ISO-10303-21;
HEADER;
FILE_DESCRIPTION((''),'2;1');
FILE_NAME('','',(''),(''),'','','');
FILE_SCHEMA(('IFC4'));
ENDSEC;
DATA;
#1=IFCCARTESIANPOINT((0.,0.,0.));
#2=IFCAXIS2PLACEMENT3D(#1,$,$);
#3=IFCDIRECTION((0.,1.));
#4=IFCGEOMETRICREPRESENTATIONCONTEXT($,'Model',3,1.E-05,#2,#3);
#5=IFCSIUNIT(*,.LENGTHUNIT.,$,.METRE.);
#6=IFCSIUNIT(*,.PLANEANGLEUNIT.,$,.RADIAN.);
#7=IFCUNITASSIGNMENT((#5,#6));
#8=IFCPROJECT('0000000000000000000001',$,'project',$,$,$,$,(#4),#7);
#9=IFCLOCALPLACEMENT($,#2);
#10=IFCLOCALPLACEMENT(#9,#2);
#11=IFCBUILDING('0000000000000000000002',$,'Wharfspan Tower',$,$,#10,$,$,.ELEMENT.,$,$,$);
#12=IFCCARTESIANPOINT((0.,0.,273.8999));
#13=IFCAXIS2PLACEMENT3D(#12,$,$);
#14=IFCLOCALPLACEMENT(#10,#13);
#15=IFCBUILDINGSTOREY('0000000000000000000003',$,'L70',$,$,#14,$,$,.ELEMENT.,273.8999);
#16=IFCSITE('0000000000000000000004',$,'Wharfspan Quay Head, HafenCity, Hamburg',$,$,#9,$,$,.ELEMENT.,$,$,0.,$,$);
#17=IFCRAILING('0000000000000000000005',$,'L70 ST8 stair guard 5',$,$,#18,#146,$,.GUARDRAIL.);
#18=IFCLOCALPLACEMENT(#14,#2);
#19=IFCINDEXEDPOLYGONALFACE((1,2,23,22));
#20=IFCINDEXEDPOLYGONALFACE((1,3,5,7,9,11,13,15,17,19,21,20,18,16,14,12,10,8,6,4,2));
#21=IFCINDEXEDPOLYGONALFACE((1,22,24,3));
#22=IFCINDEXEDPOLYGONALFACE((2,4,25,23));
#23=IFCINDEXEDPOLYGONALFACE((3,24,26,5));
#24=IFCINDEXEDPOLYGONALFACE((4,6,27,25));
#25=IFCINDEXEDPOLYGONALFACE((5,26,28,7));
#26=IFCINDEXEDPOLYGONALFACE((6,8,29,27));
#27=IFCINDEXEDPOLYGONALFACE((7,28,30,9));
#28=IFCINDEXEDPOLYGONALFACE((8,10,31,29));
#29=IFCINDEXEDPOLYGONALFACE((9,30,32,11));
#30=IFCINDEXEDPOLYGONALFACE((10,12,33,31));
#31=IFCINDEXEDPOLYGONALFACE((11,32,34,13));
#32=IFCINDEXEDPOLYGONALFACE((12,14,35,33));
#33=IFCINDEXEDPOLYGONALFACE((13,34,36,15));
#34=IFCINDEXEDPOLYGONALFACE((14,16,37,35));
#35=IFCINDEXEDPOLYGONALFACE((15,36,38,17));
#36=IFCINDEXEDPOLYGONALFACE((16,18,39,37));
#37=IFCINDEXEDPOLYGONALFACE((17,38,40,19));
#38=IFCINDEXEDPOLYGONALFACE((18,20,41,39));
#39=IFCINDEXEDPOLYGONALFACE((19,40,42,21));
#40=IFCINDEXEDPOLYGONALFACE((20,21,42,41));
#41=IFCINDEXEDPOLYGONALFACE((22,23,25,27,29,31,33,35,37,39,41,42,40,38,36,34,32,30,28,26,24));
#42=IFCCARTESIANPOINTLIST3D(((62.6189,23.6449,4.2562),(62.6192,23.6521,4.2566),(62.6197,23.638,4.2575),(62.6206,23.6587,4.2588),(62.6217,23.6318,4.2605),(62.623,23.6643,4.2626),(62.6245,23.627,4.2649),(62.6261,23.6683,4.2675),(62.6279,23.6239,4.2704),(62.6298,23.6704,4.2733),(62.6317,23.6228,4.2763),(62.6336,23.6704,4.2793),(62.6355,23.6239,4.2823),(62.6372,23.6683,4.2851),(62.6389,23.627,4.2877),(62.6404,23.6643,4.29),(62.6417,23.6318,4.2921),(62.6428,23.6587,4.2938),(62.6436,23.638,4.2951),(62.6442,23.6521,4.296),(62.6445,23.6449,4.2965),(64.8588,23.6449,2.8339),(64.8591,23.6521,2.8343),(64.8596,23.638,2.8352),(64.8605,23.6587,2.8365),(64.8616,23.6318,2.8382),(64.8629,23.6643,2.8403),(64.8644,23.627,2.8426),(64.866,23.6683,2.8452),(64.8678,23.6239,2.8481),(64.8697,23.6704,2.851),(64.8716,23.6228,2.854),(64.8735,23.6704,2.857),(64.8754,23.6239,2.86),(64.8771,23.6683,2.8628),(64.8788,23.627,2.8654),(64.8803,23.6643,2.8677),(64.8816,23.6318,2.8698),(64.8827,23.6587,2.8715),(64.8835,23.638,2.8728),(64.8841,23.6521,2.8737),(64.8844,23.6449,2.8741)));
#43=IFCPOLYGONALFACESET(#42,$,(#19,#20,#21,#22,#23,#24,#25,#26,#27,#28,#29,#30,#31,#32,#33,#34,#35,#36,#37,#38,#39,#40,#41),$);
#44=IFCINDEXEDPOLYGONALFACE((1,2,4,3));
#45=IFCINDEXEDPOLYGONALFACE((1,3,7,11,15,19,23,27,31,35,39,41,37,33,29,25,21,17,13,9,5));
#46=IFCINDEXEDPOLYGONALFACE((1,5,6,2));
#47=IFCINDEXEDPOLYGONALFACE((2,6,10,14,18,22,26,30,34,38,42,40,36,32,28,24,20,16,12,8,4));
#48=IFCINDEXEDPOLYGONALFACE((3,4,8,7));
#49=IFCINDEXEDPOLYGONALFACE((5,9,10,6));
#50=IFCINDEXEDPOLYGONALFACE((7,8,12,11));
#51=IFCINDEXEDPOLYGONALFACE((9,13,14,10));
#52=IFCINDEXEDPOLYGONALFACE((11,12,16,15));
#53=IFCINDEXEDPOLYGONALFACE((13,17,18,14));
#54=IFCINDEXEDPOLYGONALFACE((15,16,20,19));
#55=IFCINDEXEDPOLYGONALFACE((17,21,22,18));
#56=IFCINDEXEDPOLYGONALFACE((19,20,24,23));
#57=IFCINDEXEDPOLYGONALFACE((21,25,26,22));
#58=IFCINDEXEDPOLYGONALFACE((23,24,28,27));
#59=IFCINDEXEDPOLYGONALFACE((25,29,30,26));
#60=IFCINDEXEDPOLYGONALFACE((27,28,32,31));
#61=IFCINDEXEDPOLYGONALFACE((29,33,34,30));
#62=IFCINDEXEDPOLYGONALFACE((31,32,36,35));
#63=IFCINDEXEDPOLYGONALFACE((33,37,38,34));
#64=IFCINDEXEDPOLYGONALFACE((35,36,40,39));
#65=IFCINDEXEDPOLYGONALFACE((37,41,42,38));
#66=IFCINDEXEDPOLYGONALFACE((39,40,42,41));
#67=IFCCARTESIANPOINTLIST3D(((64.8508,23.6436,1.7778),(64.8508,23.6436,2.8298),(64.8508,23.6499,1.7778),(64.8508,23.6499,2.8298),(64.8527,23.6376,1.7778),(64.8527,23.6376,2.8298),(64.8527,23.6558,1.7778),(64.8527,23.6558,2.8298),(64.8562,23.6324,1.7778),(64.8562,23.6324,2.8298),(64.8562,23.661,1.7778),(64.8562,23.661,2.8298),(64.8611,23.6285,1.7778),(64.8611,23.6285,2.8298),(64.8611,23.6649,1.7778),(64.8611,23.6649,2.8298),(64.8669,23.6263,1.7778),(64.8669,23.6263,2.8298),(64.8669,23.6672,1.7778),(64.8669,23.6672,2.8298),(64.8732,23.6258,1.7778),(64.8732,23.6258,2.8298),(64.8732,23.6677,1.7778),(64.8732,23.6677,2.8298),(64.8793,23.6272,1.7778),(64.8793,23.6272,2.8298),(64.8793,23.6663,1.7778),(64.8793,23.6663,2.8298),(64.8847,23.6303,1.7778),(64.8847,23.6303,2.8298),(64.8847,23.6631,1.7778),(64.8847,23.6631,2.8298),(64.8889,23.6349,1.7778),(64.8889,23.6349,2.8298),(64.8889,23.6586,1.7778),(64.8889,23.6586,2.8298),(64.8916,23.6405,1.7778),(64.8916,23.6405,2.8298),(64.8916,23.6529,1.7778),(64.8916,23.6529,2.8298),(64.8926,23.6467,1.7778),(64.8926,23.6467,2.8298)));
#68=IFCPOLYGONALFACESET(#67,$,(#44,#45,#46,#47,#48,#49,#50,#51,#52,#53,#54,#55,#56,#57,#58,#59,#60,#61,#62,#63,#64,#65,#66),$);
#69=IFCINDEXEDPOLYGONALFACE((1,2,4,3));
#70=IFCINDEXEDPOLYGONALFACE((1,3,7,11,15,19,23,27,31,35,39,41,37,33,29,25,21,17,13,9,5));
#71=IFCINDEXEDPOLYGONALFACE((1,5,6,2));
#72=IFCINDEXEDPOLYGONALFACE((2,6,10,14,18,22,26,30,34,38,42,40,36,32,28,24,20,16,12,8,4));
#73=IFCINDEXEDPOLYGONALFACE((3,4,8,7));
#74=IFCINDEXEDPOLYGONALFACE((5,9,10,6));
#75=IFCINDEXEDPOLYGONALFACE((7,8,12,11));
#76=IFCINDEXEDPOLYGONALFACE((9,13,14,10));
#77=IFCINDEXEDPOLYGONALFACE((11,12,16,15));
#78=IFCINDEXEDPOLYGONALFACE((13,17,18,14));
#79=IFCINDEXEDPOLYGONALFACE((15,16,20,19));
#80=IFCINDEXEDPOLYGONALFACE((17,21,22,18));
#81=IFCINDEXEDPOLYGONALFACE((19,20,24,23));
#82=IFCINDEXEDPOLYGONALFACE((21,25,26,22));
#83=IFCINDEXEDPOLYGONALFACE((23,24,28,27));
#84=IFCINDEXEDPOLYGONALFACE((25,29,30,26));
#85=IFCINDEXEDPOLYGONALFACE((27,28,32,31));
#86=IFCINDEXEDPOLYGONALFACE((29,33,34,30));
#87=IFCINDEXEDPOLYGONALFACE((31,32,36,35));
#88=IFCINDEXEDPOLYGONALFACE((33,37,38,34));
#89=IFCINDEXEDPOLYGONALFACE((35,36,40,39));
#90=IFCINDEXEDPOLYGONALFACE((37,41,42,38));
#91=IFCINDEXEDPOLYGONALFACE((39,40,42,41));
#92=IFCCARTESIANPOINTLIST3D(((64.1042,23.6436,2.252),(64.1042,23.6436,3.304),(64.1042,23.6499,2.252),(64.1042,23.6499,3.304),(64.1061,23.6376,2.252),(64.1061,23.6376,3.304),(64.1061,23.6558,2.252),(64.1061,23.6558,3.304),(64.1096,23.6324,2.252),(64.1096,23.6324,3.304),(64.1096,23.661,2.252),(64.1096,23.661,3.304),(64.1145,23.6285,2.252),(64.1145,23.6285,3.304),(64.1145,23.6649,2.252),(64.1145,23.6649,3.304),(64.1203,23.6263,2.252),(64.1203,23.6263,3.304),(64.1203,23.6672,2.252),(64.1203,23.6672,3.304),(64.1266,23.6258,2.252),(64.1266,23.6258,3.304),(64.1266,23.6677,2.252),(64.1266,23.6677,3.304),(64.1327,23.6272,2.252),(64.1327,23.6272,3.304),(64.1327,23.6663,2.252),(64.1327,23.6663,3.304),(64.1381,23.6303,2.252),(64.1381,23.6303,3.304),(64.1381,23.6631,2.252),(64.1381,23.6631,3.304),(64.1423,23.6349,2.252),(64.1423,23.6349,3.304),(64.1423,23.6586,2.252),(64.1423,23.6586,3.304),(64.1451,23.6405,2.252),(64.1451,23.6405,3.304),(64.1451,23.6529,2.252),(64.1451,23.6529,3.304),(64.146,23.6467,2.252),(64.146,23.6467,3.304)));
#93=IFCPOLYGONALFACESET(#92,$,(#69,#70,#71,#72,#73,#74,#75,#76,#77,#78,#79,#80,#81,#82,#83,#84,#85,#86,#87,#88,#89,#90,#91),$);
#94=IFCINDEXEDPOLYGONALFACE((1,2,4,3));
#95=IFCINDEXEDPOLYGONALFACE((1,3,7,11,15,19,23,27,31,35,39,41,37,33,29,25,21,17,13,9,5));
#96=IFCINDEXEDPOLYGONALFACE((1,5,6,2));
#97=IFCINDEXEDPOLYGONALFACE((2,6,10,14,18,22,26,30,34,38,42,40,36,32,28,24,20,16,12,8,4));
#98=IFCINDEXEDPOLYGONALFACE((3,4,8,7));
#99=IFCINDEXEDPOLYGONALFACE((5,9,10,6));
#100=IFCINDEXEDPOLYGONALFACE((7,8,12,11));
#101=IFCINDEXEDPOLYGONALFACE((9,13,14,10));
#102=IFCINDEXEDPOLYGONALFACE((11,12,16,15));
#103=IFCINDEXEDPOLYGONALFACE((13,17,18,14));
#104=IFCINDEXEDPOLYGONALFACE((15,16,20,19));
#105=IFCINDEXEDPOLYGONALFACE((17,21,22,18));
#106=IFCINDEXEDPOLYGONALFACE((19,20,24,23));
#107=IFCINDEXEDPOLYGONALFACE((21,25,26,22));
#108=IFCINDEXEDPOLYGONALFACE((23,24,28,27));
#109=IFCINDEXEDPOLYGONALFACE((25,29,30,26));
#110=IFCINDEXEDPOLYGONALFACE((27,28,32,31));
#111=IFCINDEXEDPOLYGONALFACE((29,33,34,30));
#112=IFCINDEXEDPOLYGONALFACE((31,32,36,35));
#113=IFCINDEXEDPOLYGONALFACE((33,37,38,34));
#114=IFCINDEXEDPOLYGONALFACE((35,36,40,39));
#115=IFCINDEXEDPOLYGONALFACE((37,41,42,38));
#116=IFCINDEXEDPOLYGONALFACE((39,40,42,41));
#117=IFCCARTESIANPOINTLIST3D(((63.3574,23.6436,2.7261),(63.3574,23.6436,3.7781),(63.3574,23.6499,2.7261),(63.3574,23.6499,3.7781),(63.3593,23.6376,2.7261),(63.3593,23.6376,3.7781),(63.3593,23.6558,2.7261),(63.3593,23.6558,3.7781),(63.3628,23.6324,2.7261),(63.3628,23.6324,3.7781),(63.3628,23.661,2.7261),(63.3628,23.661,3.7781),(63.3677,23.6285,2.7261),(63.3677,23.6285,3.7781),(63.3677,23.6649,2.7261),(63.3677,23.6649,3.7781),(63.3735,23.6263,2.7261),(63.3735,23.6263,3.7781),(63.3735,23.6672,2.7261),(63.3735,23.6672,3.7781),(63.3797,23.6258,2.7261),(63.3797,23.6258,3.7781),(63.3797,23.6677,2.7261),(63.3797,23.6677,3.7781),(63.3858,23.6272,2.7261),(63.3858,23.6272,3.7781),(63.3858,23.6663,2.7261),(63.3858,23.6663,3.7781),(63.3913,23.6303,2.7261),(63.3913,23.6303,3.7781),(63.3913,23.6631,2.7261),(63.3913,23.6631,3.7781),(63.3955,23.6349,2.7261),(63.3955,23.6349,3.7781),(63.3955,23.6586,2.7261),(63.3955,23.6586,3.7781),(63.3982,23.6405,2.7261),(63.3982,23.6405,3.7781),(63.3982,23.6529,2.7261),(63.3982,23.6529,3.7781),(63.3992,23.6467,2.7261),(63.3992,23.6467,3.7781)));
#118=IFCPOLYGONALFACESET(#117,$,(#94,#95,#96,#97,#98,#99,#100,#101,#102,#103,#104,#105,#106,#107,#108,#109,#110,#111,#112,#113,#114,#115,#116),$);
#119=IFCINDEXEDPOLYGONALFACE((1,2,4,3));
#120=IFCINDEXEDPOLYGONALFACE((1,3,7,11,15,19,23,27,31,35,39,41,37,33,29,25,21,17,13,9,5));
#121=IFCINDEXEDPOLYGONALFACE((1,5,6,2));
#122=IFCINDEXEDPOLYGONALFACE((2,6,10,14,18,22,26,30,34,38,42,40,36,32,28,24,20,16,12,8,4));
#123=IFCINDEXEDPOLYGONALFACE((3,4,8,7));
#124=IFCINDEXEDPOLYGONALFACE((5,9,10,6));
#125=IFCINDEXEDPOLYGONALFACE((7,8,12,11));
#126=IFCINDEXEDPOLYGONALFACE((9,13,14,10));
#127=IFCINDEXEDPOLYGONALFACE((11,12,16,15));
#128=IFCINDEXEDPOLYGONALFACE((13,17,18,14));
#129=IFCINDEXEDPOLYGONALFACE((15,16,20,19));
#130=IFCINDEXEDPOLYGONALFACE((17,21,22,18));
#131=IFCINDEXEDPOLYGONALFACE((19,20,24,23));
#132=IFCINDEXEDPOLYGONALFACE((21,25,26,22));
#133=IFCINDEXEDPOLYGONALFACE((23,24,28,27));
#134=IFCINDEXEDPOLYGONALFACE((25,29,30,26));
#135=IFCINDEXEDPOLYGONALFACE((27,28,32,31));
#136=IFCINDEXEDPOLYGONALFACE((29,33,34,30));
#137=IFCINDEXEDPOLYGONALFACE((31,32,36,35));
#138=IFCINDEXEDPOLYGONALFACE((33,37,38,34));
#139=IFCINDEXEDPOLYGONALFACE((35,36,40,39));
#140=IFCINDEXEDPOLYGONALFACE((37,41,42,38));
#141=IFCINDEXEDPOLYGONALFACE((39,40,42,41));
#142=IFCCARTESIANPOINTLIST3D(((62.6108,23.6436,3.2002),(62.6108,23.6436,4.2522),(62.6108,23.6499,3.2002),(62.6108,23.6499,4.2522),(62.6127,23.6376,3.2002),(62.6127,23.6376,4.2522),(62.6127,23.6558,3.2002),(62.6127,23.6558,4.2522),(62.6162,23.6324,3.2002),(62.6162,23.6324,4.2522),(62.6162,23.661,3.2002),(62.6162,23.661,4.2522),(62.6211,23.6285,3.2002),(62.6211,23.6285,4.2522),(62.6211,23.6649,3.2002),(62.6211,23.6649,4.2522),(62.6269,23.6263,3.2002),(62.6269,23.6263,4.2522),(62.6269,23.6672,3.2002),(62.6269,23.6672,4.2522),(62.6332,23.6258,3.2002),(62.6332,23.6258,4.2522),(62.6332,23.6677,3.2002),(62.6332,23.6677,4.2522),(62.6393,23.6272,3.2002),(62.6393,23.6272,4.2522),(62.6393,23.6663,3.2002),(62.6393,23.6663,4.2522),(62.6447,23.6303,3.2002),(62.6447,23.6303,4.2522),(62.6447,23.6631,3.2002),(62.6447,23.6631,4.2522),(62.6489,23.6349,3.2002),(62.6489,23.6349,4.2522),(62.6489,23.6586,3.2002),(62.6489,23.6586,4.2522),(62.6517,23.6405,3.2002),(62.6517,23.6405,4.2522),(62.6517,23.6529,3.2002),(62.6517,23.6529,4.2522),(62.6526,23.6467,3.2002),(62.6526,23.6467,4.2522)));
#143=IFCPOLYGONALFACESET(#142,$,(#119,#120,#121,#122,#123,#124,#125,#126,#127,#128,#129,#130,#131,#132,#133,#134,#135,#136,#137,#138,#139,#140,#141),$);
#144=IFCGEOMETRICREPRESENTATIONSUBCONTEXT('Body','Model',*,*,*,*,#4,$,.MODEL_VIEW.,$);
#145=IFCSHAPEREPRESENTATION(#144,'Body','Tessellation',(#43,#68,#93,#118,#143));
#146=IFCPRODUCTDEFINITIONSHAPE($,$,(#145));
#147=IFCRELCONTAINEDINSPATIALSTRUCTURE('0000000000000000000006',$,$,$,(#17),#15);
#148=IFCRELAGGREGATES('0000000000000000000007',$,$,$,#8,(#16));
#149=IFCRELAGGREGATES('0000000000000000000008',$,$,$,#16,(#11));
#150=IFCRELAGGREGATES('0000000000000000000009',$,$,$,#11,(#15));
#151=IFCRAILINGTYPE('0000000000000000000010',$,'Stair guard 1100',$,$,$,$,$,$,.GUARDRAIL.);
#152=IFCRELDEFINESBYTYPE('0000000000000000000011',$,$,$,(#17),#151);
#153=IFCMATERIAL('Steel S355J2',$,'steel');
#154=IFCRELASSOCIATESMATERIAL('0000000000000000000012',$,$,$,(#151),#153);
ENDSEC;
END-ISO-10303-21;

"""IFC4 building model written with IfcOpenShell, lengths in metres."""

from ifc_helpers import new_model, si_unit, direction, frame, origin, origin_2d, place, context, subcontext, project, spatial, circle, extrude, material, type_object, element, save


model = new_model("IFC4")

# Units and contexts
model_context = context("Model", 3, precision=1e-05, world=origin(), true_north=direction((0.0, 1.0)))
body_context = subcontext(model_context, "Body", "Model", "MODEL_VIEW")
ifc_project = project(units=[si_unit("LENGTHUNIT", "METRE"), si_unit("PLANEANGLEUNIT", "RADIAN")], contexts=[model_context])

# Site, building, storey
site_placement = place(None, origin())
site = spatial("IfcSite", under=ifc_project, at=site_placement, Name="Wharfspan Quay Head, HafenCity, Hamburg", CompositionType="ELEMENT", RefElevation=0.0)
building_placement = place(site_placement, origin())
building = spatial("IfcBuilding", under=site, at=building_placement, Name="Wharfspan Tower", CompositionType="ELEMENT")
storey_placement = place(building_placement, frame((0.0, 0.0, 273.8999)))
storey = spatial("IfcBuildingStorey", under=building, at=storey_placement, Name="L70", CompositionType="ELEMENT", Elevation=273.8999)

# Shared definitions
ifc_material_1 = material(Name="Steel S355J2", Category="steel")

# Railing
railing_type_1 = type_object("IfcRailingType", Name="Stair guard 1100", PredefinedType="GUARDRAIL", material=ifc_material_1)
railing_1_placement = place(storey_placement, frame((64.8716, 23.6467, 1.7778)))
element("IfcRailing", 1, at=railing_1_placement, inside=storey, type_object=railing_type_1, Name="L70 ST8 stair guard 5", PredefinedType="GUARDRAIL", context=body_context, shape_type="SweptSolid", body=[
    extrude(circle(Radius=0.0239, at=origin_2d()), frame((0.0, 0.0, 1.0762), z_axis=(-0.844188, 0.0, 0.536048), x_axis=(0.0, -1.0, 0.0)), (0.0, 0.0, 1.0), 2.6533),
    extrude(circle(Radius=0.021, at=origin_2d()), origin(), (0.0, 0.0, 1.0), 1.052),
    extrude(circle(Radius=0.021, at=origin_2d()), frame((-0.7466, 0.0, 0.4741)), (0.0, 0.0, 1.0), 1.052),
    extrude(circle(Radius=0.021, at=origin_2d()), frame((-1.4934, 0.0, 0.9482)), (0.0, 0.0, 1.0), 1.052),
    extrude(circle(Radius=0.021, at=origin_2d()), frame((-2.24, 0.0, 1.4224)), (0.0, 0.0, 1.0), 1.052),
])

save(model, "model.ifc")
